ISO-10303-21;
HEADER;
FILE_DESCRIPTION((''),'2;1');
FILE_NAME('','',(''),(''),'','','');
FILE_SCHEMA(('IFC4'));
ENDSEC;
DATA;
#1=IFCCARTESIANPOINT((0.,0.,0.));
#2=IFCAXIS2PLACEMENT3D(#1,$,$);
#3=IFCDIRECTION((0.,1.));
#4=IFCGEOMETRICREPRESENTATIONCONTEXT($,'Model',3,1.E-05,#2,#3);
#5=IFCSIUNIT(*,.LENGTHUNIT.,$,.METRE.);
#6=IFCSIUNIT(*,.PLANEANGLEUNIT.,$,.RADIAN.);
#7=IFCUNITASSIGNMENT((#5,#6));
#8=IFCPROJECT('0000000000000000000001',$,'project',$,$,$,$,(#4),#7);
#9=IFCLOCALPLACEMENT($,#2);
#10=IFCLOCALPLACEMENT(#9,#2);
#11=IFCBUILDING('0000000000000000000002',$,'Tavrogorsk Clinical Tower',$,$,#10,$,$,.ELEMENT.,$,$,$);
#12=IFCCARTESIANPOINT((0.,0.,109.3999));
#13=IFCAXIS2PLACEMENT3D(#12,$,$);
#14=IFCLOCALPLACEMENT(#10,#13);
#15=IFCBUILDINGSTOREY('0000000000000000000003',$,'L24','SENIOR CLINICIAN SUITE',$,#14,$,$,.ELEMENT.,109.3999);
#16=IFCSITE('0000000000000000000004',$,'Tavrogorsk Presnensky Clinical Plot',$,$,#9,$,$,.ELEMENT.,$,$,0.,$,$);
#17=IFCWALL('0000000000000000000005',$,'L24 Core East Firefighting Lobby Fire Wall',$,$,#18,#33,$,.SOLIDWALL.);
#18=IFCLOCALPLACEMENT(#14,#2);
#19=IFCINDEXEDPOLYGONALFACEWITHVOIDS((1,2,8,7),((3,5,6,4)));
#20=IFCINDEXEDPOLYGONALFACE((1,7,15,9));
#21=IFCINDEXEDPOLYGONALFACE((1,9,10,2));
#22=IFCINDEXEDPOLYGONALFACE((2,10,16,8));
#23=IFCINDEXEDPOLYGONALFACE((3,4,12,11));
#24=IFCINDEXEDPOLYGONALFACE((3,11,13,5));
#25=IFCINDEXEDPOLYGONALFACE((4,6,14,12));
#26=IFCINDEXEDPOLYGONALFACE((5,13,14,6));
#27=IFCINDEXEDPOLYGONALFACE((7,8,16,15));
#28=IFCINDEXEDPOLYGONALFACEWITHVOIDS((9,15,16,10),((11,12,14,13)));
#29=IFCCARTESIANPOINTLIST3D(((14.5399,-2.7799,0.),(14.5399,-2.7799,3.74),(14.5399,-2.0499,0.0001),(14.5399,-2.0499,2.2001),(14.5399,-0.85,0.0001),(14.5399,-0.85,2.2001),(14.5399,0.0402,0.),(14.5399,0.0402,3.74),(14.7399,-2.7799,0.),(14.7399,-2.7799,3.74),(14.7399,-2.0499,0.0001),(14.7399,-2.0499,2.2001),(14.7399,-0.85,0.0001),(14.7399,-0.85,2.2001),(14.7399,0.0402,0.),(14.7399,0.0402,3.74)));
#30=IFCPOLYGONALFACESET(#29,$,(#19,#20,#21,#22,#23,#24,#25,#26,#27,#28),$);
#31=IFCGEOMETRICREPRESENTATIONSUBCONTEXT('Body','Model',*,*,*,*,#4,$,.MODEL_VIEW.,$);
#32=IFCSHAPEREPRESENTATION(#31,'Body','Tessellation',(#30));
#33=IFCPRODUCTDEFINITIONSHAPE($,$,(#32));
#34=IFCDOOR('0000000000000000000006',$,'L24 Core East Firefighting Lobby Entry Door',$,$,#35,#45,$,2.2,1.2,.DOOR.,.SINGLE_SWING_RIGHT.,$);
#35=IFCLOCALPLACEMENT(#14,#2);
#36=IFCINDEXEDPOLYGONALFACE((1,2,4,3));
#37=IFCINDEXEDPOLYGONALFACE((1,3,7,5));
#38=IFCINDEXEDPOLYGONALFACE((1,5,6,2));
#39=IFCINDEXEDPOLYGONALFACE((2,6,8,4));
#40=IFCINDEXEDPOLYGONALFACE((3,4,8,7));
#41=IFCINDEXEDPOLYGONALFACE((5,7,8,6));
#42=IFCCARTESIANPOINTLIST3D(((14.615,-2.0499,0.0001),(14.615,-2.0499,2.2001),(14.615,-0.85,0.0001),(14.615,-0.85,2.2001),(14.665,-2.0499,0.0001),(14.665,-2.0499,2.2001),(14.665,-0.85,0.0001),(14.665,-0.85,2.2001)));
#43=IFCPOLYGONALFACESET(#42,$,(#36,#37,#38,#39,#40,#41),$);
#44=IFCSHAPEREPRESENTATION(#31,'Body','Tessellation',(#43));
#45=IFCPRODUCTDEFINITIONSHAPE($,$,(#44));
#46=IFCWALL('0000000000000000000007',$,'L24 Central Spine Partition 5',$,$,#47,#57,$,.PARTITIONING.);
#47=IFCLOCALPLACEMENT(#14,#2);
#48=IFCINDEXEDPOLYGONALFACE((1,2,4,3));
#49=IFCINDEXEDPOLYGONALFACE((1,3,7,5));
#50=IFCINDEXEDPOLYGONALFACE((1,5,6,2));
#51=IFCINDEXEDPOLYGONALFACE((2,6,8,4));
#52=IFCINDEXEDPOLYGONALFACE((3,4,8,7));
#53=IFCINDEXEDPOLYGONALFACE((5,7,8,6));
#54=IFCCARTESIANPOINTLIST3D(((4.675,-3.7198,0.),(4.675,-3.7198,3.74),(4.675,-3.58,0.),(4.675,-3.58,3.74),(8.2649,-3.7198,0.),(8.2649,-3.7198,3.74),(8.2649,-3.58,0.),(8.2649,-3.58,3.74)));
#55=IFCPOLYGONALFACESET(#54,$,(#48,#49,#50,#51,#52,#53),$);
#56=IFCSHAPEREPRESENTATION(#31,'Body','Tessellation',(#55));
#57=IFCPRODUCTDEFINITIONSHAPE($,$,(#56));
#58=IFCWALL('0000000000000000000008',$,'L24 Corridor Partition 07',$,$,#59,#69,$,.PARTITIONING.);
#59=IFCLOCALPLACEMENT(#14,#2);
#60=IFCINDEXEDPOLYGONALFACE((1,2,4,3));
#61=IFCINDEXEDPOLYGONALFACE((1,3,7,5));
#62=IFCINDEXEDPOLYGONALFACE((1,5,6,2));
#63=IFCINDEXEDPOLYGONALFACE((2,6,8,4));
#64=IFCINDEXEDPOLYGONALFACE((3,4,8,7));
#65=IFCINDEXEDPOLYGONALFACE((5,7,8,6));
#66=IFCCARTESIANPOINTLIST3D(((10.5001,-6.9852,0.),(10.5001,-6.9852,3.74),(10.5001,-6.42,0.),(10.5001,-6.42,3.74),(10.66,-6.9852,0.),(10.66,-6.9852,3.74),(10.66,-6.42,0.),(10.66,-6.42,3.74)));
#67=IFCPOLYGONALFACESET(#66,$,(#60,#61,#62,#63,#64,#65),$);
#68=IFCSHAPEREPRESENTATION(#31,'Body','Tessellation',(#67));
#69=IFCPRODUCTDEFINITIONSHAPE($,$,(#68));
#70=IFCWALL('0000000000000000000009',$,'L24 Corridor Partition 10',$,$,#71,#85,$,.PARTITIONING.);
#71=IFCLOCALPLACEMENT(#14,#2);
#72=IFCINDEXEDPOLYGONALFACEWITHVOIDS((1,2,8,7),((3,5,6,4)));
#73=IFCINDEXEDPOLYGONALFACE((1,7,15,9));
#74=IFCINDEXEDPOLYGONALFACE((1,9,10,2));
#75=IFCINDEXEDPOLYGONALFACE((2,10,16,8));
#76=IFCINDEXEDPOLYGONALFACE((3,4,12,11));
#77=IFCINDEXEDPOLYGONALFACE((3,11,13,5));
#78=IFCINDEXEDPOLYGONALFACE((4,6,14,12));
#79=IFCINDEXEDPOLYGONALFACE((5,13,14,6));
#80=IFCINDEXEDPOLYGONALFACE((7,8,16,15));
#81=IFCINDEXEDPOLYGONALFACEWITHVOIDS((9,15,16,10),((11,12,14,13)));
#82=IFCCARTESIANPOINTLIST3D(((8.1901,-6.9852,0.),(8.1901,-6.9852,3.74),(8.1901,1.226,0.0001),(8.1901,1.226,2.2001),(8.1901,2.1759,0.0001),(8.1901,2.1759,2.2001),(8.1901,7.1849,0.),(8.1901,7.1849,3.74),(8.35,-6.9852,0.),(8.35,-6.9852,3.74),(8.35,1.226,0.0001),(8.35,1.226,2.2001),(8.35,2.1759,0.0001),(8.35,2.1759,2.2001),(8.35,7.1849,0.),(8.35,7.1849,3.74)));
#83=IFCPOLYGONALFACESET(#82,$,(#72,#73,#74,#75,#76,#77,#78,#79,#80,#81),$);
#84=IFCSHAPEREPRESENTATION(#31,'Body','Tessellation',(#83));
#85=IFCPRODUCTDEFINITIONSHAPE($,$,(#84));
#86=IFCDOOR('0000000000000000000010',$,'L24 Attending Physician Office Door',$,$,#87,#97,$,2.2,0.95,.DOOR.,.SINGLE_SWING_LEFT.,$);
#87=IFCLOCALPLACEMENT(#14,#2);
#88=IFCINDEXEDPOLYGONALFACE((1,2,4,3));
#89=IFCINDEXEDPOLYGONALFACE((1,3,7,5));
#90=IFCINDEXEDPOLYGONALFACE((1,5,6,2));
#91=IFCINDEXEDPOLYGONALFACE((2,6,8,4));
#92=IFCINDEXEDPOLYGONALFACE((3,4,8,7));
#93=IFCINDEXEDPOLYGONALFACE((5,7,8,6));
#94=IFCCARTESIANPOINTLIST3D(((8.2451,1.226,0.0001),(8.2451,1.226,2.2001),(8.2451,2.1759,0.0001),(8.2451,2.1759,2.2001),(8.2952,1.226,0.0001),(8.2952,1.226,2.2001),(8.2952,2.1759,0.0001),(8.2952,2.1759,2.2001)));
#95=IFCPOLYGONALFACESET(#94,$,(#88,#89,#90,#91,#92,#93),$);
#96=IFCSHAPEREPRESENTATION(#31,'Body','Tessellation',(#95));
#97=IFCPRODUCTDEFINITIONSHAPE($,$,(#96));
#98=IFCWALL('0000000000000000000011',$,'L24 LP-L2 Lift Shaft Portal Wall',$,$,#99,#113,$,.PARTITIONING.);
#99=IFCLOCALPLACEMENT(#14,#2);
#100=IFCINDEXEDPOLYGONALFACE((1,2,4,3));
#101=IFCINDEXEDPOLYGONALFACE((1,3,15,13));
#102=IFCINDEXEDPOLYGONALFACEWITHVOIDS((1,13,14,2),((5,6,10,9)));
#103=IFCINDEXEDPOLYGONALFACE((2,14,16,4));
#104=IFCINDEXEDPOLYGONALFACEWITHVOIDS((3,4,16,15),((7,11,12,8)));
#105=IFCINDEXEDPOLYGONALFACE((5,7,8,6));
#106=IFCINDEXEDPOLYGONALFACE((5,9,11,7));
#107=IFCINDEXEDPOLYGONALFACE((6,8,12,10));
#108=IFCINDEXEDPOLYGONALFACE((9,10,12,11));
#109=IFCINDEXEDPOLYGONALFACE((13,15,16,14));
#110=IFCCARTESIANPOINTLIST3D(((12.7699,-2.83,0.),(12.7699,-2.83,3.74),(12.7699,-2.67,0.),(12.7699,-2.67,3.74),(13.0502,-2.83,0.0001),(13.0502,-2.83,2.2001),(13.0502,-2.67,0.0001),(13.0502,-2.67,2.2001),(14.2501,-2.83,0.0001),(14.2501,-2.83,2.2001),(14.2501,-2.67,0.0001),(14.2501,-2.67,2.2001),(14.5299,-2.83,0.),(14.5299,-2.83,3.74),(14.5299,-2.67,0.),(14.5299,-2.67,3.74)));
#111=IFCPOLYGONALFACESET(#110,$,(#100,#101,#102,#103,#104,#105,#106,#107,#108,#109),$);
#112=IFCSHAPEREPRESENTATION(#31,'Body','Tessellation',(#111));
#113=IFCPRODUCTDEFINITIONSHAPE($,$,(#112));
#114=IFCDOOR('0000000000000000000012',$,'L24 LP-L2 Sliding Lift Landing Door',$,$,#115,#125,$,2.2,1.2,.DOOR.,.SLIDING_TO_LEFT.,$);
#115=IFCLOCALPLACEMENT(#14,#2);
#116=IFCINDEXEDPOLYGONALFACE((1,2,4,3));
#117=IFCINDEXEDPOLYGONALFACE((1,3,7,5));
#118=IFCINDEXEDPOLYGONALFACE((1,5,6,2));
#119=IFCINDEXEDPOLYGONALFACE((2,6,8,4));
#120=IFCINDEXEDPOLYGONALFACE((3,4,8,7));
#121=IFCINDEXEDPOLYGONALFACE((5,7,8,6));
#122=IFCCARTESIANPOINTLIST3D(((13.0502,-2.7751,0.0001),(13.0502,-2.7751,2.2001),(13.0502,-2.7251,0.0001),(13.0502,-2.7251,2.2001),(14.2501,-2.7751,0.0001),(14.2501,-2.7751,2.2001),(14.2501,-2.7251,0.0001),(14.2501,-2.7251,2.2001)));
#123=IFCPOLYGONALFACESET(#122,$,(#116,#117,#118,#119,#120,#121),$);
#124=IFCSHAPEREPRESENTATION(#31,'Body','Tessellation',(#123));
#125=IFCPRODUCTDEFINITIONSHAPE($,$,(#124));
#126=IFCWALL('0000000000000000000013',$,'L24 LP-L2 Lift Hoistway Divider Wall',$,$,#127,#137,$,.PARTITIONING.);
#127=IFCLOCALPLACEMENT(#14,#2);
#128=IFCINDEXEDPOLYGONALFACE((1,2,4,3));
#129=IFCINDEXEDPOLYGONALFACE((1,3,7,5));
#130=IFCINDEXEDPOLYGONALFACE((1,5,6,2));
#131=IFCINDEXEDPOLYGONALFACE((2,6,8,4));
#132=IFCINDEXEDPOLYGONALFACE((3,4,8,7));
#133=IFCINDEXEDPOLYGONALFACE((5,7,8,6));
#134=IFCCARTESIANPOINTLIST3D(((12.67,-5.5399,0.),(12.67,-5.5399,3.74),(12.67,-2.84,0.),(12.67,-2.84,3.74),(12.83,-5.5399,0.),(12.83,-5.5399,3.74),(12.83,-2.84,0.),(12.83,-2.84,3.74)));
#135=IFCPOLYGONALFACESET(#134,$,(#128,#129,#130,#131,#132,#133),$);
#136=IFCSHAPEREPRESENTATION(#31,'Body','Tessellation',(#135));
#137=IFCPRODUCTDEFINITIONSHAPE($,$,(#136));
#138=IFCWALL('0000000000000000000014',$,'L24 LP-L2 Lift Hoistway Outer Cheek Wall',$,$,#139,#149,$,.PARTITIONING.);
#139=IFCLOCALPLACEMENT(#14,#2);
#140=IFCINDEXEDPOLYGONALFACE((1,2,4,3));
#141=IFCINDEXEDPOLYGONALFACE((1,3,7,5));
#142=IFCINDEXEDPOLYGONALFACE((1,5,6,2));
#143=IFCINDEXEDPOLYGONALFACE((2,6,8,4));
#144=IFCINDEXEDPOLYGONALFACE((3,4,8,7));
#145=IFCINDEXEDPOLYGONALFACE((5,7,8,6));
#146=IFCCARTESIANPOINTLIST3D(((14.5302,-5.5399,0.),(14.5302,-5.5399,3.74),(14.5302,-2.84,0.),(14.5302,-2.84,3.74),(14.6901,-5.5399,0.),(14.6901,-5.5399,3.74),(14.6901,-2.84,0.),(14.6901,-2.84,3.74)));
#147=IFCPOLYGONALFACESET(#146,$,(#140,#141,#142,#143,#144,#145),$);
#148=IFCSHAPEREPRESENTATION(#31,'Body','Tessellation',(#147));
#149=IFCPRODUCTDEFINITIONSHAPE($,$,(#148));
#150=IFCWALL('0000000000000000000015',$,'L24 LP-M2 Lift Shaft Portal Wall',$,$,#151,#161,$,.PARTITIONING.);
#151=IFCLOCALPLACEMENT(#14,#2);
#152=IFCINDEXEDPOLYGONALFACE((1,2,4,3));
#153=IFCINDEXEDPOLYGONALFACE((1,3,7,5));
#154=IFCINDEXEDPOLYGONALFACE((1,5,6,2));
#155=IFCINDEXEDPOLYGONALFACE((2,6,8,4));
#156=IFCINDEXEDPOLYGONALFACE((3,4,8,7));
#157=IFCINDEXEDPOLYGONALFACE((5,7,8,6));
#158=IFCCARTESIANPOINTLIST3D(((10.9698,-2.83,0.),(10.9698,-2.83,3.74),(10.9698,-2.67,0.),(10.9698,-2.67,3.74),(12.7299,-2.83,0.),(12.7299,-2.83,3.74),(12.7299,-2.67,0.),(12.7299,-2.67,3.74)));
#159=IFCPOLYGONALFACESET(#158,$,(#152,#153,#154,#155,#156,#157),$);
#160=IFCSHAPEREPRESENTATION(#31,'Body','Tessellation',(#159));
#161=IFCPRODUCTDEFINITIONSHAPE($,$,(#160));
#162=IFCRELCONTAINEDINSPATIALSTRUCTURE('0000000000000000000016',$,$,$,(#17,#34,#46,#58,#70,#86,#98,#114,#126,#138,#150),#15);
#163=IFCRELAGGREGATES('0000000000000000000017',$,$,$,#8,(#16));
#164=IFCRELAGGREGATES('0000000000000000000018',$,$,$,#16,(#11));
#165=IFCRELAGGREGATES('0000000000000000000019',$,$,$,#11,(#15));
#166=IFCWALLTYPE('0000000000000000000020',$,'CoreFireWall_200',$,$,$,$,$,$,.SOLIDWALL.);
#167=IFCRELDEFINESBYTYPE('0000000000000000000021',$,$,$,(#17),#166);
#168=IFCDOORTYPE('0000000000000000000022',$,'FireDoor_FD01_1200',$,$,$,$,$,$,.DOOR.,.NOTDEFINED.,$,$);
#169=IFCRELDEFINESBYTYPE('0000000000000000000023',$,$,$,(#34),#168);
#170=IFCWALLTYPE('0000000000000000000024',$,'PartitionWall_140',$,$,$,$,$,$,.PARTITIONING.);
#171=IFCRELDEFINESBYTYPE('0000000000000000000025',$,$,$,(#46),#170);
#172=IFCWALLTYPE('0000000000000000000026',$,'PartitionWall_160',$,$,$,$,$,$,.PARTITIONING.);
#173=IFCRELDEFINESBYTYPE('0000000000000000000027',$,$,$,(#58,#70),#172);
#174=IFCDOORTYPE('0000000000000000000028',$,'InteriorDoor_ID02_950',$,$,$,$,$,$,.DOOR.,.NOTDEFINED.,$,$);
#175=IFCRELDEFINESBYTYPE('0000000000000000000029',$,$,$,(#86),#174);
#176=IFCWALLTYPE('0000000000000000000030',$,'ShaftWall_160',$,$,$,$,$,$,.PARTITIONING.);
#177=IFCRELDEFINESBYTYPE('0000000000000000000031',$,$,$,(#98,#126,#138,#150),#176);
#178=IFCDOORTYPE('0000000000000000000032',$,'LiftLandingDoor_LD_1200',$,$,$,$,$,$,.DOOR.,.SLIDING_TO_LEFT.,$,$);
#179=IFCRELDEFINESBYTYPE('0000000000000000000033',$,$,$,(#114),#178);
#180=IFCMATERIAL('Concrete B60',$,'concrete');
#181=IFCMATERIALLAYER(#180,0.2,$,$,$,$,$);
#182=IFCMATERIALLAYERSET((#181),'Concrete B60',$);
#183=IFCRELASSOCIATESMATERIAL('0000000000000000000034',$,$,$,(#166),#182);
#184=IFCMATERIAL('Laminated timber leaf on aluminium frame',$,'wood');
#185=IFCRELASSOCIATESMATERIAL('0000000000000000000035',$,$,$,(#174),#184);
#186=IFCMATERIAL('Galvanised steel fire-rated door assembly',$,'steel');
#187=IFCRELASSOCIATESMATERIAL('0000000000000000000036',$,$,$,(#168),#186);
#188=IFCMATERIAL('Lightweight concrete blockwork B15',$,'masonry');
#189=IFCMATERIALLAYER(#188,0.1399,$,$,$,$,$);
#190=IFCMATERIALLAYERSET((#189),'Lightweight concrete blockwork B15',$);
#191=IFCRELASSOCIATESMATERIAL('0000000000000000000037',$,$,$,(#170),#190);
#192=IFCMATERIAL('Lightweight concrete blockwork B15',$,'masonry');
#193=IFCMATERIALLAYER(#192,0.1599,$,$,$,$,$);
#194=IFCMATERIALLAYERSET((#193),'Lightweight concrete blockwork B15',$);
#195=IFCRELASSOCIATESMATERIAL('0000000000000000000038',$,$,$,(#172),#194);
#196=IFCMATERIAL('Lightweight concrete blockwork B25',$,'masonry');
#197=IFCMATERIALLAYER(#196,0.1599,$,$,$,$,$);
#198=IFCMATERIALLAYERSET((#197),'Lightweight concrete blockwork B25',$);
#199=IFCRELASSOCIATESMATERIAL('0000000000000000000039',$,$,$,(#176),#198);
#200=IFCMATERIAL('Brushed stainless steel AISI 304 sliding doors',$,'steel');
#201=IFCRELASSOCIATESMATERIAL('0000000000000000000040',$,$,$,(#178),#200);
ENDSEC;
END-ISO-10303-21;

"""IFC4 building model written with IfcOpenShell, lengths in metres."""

from ifc_helpers import new_model, si_unit, direction, frame, frame_2d, origin, place, context, subcontext, project, spatial, rectangle, extrude, material, layer, layer_set, type_object, element, fill, save


model = new_model("IFC4")

# Units and contexts
model_context = context("Model", 3, precision=1e-05, world=origin(), true_north=direction((0.0, 1.0)))
body_context = subcontext(model_context, "Body", "Model", "MODEL_VIEW")
ifc_project = project(units=[si_unit("LENGTHUNIT", "METRE"), si_unit("PLANEANGLEUNIT", "RADIAN")], contexts=[model_context])

# Site, building, storey
site_placement = place(None, origin())
site = spatial("IfcSite", under=ifc_project, at=site_placement, Name="Tavrogorsk Presnensky Clinical Plot", CompositionType="ELEMENT", RefElevation=0.0)
building_placement = place(site_placement, origin())
building = spatial("IfcBuilding", under=site, at=building_placement, Name="Tavrogorsk Clinical Tower", CompositionType="ELEMENT")
storey_placement = place(building_placement, frame((0.0, 0.0, 109.3999)))
storey = spatial("IfcBuildingStorey", under=building, at=storey_placement, Name="L24", Description="SENIOR CLINICIAN SUITE", CompositionType="ELEMENT", Elevation=109.3999)

# Wall, opening, door
ifc_material_1 = material(Name="Concrete B60", Category="concrete")
ifc_layer_1 = layer(ifc_material_1, 0.2)
ifc_layer_set_1 = layer_set([ifc_layer_1], Name="Concrete B60")
wall_type_1 = type_object("IfcWallType", Name="CoreFireWall_200", PredefinedType="SOLIDWALL", material=ifc_layer_set_1)
ifc_material_2 = material(Name="Laminated timber leaf on aluminium frame", Category="wood")
door_type_1 = type_object("IfcDoorType", Name="InteriorDoor_ID02_950", OperationType="NOTDEFINED", PredefinedType="DOOR", material=ifc_material_2)
wall_1_placement = place(storey_placement, frame((14.6399, -2.78, 0.0), z_axis=(0.0, 0.0, 1.0), x_axis=(0.0, 1.0, 0.0)))
wall_1 = element("IfcWall", 1, at=wall_1_placement, inside=storey, type_object=wall_type_1, Name="L24 Core East Firefighting Lobby Fire Wall", PredefinedType="SOLIDWALL", context=body_context, shape_type="SweptSolid", body=[
    extrude(rectangle(XDim=2.8201, YDim=0.2, at=frame_2d((1.4102, 0.0))), origin(), (0.0, 0.0, 1.0), 3.74),
])
opening_1_placement = place(wall_1_placement, frame((0.73, 0.0, 0.0)))
opening_1 = element("IfcOpeningElement", 2, at=opening_1_placement, cuts=wall_1, PredefinedType="OPENING", context=body_context, shape_type="SweptSolid", body=[
    extrude(rectangle(XDim=1.2, YDim=2.2, at=frame_2d((0.6001, 1.1001))), frame((0.0, 0.1099, 0.0), z_axis=(0.0, -1.0, 0.0), x_axis=(1.0, 0.0, 0.0)), (0.0, 0.0, 1.0), 0.22),
])
ifc_material_3 = material(Name="Galvanised steel fire-rated door assembly", Category="steel")
door_type_2 = type_object("IfcDoorType", Name="FireDoor_FD01_1200", OperationType="NOTDEFINED", PredefinedType="DOOR", material=ifc_material_3)
door_1_placement = place(opening_1_placement, origin())
door_1 = element("IfcDoor", 3, at=door_1_placement, inside=storey, type_object=door_type_2, Name="L24 Core East Firefighting Lobby Entry Door", OperationType="SINGLE_SWING_RIGHT", OverallHeight=2.2, OverallWidth=1.2, PredefinedType="DOOR", context=body_context, shape_type="SweptSolid", body=[
    extrude(rectangle(XDim=1.2, YDim=2.2, at=frame_2d((0.6001, 1.1001))), frame((0.0, 0.0249, 0.0), z_axis=(0.0, -1.0, 0.0), x_axis=(1.0, 0.0, 0.0)), (0.0, 0.0, 1.0), 0.05),
])
fill(opening_1, door_1)

# Walls
ifc_material_4 = material(Name="Lightweight concrete blockwork B15", Category="masonry")
ifc_layer_2 = layer(ifc_material_4, 0.1399)
ifc_layer_set_2 = layer_set([ifc_layer_2], Name="Lightweight concrete blockwork B15")
wall_type_2 = type_object("IfcWallType", Name="PartitionWall_140", PredefinedType="PARTITIONING", material=ifc_layer_set_2)
wall_2_placement = place(storey_placement, frame((4.675, -3.6499, 0.0), z_axis=(0.0, 0.0, 1.0), x_axis=(1.0, 0.0, 0.0)))
element("IfcWall", 4, at=wall_2_placement, inside=storey, type_object=wall_type_2, Name="L24 Central Spine Partition 5", PredefinedType="PARTITIONING", context=body_context, shape_type="SweptSolid", body=[
    extrude(rectangle(XDim=3.5898, YDim=0.1399, at=frame_2d((1.7949, 0.0))), origin(), (0.0, 0.0, 1.0), 3.74),
])
ifc_material_5 = material(Name="Lightweight concrete blockwork B15", Category="masonry")
ifc_layer_3 = layer(ifc_material_5, 0.1599)
ifc_layer_set_3 = layer_set([ifc_layer_3], Name="Lightweight concrete blockwork B15")
wall_type_3 = type_object("IfcWallType", Name="PartitionWall_160", PredefinedType="PARTITIONING", material=ifc_layer_set_3)
wall_3_placement = place(storey_placement, frame((10.5801, -6.4199, 0.0), z_axis=(0.0, 0.0, 1.0), x_axis=(0.0, -1.0, 0.0)))
element("IfcWall", 5, at=wall_3_placement, inside=storey, type_object=wall_type_3, Name="L24 Corridor Partition 07", PredefinedType="PARTITIONING", context=body_context, shape_type="SweptSolid", body=[
    extrude(rectangle(XDim=0.5652, YDim=0.1599, at=frame_2d((0.2827, 0.0))), origin(), (0.0, 0.0, 1.0), 3.74),
])

# Walls, openings, doors
wall_4_placement = place(storey_placement, frame((8.27, -6.9851, 0.0), z_axis=(0.0, 0.0, 1.0), x_axis=(0.0, 1.0, 0.0)))
wall_4 = element("IfcWall", 6, at=wall_4_placement, inside=storey, type_object=wall_type_3, Name="L24 Corridor Partition 10", PredefinedType="PARTITIONING", context=body_context, shape_type="SweptSolid", body=[
    extrude(rectangle(XDim=14.1702, YDim=0.1599, at=frame_2d((7.085, 0.0))), origin(), (0.0, 0.0, 1.0), 3.74),
])
opening_2_placement = place(wall_4_placement, frame((8.2109, 0.0, 0.0)))
opening_2 = element("IfcOpeningElement", 7, at=opening_2_placement, cuts=wall_4, PredefinedType="OPENING", context=body_context, shape_type="SweptSolid", body=[
    extrude(rectangle(XDim=0.95, YDim=2.2, at=frame_2d((0.4751, 1.1001))), frame((0.0, 0.0898, 0.0), z_axis=(0.0, -1.0, 0.0), x_axis=(1.0, 0.0, 0.0)), (0.0, 0.0, 1.0), 0.1799),
])
door_2_placement = place(opening_2_placement, origin())
door_2 = element("IfcDoor", 8, at=door_2_placement, inside=storey, type_object=door_type_1, Name="L24 Attending Physician Office Door", OperationType="SINGLE_SWING_LEFT", OverallHeight=2.2, OverallWidth=0.95, PredefinedType="DOOR", context=body_context, shape_type="SweptSolid", body=[
    extrude(rectangle(XDim=0.95, YDim=2.2, at=frame_2d((0.4751, 1.1001))), frame((0.0, 0.0249, 0.0), z_axis=(0.0, -1.0, 0.0), x_axis=(1.0, 0.0, 0.0)), (0.0, 0.0, 1.0), 0.05),
])
fill(opening_2, door_2)
ifc_material_6 = material(Name="Lightweight concrete blockwork B25", Category="masonry")
ifc_layer_4 = layer(ifc_material_6, 0.1599)
ifc_layer_set_4 = layer_set([ifc_layer_4], Name="Lightweight concrete blockwork B25")
wall_type_4 = type_object("IfcWallType", Name="ShaftWall_160", PredefinedType="PARTITIONING", material=ifc_layer_set_4)
wall_5_placement = place(storey_placement, frame((12.77, -2.75, 0.0), z_axis=(0.0, 0.0, 1.0), x_axis=(1.0, 0.0, 0.0)))
wall_5 = element("IfcWall", 9, at=wall_5_placement, inside=storey, type_object=wall_type_4, Name="L24 LP-L2 Lift Shaft Portal Wall", PredefinedType="PARTITIONING", context=body_context, shape_type="SweptSolid", body=[
    extrude(rectangle(XDim=1.76, YDim=0.1599, at=frame_2d((0.8799, 0.0))), origin(), (0.0, 0.0, 1.0), 3.74),
])
opening_3_placement = place(wall_5_placement, frame((0.28, 0.0, 0.0)))
opening_3 = element("IfcOpeningElement", 10, at=opening_3_placement, cuts=wall_5, PredefinedType="OPENING", context=body_context, shape_type="SweptSolid", body=[
    extrude(rectangle(XDim=1.2, YDim=2.2, at=frame_2d((0.6001, 1.1001))), frame((0.0, 0.0898, 0.0), z_axis=(0.0, -1.0, 0.0), x_axis=(1.0, 0.0, 0.0)), (0.0, 0.0, 1.0), 0.1799),
])
ifc_material_7 = material(Name="Brushed stainless steel AISI 304 sliding doors", Category="steel")
door_type_3 = type_object("IfcDoorType", Name="LiftLandingDoor_LD_1200", OperationType="SLIDING_TO_LEFT", PredefinedType="DOOR", material=ifc_material_7)
door_3_placement = place(opening_3_placement, origin())
door_3 = element("IfcDoor", 11, at=door_3_placement, inside=storey, type_object=door_type_3, Name="L24 LP-L2 Sliding Lift Landing Door", OperationType="SLIDING_TO_LEFT", OverallHeight=2.2, OverallWidth=1.2, PredefinedType="DOOR", context=body_context, shape_type="SweptSolid", body=[
    extrude(rectangle(XDim=1.2, YDim=2.2, at=frame_2d((0.6001, 1.1001))), frame((0.0, 0.0249, 0.0), z_axis=(0.0, -1.0, 0.0), x_axis=(1.0, 0.0, 0.0)), (0.0, 0.0, 1.0), 0.05),
])
fill(opening_3, door_3)

# Walls
for number, where, z_axis, x_axis, name in (
    (12, (12.75, -5.54, 0.0), (0.0, 0.0, 1.0), (0.0, 1.0, 0.0), "L24 LP-L2 Lift Hoistway Divider Wall"),
    (13, (14.6101, -5.54, 0.0), (0.0, 0.0, 1.0), (0.0, 1.0, 0.0), "L24 LP-L2 Lift Hoistway Outer Cheek Wall"),
):
    element("IfcWall", number, at=place(storey_placement, frame(where, z_axis=z_axis, x_axis=x_axis)), inside=storey, type_object=wall_type_4, Name=name, PredefinedType="PARTITIONING", context=body_context, shape_type="SweptSolid", body=[
        extrude(rectangle(XDim=2.7, YDim=0.1599, at=frame_2d((1.3501, 0.0))), origin(), (0.0, 0.0, 1.0), 3.74),
    ])
wall_6_placement = place(storey_placement, frame((10.97, -2.75, 0.0), z_axis=(0.0, 0.0, 1.0), x_axis=(1.0, 0.0, 0.0)))
element("IfcWall", 14, at=wall_6_placement, inside=storey, type_object=wall_type_4, Name="L24 LP-M2 Lift Shaft Portal Wall", PredefinedType="PARTITIONING", context=body_context, shape_type="SweptSolid", body=[
    extrude(rectangle(XDim=1.76, YDim=0.1599, at=frame_2d((0.8799, 0.0))), origin(), (0.0, 0.0, 1.0), 3.74),
])

save(model, "model.ifc")
